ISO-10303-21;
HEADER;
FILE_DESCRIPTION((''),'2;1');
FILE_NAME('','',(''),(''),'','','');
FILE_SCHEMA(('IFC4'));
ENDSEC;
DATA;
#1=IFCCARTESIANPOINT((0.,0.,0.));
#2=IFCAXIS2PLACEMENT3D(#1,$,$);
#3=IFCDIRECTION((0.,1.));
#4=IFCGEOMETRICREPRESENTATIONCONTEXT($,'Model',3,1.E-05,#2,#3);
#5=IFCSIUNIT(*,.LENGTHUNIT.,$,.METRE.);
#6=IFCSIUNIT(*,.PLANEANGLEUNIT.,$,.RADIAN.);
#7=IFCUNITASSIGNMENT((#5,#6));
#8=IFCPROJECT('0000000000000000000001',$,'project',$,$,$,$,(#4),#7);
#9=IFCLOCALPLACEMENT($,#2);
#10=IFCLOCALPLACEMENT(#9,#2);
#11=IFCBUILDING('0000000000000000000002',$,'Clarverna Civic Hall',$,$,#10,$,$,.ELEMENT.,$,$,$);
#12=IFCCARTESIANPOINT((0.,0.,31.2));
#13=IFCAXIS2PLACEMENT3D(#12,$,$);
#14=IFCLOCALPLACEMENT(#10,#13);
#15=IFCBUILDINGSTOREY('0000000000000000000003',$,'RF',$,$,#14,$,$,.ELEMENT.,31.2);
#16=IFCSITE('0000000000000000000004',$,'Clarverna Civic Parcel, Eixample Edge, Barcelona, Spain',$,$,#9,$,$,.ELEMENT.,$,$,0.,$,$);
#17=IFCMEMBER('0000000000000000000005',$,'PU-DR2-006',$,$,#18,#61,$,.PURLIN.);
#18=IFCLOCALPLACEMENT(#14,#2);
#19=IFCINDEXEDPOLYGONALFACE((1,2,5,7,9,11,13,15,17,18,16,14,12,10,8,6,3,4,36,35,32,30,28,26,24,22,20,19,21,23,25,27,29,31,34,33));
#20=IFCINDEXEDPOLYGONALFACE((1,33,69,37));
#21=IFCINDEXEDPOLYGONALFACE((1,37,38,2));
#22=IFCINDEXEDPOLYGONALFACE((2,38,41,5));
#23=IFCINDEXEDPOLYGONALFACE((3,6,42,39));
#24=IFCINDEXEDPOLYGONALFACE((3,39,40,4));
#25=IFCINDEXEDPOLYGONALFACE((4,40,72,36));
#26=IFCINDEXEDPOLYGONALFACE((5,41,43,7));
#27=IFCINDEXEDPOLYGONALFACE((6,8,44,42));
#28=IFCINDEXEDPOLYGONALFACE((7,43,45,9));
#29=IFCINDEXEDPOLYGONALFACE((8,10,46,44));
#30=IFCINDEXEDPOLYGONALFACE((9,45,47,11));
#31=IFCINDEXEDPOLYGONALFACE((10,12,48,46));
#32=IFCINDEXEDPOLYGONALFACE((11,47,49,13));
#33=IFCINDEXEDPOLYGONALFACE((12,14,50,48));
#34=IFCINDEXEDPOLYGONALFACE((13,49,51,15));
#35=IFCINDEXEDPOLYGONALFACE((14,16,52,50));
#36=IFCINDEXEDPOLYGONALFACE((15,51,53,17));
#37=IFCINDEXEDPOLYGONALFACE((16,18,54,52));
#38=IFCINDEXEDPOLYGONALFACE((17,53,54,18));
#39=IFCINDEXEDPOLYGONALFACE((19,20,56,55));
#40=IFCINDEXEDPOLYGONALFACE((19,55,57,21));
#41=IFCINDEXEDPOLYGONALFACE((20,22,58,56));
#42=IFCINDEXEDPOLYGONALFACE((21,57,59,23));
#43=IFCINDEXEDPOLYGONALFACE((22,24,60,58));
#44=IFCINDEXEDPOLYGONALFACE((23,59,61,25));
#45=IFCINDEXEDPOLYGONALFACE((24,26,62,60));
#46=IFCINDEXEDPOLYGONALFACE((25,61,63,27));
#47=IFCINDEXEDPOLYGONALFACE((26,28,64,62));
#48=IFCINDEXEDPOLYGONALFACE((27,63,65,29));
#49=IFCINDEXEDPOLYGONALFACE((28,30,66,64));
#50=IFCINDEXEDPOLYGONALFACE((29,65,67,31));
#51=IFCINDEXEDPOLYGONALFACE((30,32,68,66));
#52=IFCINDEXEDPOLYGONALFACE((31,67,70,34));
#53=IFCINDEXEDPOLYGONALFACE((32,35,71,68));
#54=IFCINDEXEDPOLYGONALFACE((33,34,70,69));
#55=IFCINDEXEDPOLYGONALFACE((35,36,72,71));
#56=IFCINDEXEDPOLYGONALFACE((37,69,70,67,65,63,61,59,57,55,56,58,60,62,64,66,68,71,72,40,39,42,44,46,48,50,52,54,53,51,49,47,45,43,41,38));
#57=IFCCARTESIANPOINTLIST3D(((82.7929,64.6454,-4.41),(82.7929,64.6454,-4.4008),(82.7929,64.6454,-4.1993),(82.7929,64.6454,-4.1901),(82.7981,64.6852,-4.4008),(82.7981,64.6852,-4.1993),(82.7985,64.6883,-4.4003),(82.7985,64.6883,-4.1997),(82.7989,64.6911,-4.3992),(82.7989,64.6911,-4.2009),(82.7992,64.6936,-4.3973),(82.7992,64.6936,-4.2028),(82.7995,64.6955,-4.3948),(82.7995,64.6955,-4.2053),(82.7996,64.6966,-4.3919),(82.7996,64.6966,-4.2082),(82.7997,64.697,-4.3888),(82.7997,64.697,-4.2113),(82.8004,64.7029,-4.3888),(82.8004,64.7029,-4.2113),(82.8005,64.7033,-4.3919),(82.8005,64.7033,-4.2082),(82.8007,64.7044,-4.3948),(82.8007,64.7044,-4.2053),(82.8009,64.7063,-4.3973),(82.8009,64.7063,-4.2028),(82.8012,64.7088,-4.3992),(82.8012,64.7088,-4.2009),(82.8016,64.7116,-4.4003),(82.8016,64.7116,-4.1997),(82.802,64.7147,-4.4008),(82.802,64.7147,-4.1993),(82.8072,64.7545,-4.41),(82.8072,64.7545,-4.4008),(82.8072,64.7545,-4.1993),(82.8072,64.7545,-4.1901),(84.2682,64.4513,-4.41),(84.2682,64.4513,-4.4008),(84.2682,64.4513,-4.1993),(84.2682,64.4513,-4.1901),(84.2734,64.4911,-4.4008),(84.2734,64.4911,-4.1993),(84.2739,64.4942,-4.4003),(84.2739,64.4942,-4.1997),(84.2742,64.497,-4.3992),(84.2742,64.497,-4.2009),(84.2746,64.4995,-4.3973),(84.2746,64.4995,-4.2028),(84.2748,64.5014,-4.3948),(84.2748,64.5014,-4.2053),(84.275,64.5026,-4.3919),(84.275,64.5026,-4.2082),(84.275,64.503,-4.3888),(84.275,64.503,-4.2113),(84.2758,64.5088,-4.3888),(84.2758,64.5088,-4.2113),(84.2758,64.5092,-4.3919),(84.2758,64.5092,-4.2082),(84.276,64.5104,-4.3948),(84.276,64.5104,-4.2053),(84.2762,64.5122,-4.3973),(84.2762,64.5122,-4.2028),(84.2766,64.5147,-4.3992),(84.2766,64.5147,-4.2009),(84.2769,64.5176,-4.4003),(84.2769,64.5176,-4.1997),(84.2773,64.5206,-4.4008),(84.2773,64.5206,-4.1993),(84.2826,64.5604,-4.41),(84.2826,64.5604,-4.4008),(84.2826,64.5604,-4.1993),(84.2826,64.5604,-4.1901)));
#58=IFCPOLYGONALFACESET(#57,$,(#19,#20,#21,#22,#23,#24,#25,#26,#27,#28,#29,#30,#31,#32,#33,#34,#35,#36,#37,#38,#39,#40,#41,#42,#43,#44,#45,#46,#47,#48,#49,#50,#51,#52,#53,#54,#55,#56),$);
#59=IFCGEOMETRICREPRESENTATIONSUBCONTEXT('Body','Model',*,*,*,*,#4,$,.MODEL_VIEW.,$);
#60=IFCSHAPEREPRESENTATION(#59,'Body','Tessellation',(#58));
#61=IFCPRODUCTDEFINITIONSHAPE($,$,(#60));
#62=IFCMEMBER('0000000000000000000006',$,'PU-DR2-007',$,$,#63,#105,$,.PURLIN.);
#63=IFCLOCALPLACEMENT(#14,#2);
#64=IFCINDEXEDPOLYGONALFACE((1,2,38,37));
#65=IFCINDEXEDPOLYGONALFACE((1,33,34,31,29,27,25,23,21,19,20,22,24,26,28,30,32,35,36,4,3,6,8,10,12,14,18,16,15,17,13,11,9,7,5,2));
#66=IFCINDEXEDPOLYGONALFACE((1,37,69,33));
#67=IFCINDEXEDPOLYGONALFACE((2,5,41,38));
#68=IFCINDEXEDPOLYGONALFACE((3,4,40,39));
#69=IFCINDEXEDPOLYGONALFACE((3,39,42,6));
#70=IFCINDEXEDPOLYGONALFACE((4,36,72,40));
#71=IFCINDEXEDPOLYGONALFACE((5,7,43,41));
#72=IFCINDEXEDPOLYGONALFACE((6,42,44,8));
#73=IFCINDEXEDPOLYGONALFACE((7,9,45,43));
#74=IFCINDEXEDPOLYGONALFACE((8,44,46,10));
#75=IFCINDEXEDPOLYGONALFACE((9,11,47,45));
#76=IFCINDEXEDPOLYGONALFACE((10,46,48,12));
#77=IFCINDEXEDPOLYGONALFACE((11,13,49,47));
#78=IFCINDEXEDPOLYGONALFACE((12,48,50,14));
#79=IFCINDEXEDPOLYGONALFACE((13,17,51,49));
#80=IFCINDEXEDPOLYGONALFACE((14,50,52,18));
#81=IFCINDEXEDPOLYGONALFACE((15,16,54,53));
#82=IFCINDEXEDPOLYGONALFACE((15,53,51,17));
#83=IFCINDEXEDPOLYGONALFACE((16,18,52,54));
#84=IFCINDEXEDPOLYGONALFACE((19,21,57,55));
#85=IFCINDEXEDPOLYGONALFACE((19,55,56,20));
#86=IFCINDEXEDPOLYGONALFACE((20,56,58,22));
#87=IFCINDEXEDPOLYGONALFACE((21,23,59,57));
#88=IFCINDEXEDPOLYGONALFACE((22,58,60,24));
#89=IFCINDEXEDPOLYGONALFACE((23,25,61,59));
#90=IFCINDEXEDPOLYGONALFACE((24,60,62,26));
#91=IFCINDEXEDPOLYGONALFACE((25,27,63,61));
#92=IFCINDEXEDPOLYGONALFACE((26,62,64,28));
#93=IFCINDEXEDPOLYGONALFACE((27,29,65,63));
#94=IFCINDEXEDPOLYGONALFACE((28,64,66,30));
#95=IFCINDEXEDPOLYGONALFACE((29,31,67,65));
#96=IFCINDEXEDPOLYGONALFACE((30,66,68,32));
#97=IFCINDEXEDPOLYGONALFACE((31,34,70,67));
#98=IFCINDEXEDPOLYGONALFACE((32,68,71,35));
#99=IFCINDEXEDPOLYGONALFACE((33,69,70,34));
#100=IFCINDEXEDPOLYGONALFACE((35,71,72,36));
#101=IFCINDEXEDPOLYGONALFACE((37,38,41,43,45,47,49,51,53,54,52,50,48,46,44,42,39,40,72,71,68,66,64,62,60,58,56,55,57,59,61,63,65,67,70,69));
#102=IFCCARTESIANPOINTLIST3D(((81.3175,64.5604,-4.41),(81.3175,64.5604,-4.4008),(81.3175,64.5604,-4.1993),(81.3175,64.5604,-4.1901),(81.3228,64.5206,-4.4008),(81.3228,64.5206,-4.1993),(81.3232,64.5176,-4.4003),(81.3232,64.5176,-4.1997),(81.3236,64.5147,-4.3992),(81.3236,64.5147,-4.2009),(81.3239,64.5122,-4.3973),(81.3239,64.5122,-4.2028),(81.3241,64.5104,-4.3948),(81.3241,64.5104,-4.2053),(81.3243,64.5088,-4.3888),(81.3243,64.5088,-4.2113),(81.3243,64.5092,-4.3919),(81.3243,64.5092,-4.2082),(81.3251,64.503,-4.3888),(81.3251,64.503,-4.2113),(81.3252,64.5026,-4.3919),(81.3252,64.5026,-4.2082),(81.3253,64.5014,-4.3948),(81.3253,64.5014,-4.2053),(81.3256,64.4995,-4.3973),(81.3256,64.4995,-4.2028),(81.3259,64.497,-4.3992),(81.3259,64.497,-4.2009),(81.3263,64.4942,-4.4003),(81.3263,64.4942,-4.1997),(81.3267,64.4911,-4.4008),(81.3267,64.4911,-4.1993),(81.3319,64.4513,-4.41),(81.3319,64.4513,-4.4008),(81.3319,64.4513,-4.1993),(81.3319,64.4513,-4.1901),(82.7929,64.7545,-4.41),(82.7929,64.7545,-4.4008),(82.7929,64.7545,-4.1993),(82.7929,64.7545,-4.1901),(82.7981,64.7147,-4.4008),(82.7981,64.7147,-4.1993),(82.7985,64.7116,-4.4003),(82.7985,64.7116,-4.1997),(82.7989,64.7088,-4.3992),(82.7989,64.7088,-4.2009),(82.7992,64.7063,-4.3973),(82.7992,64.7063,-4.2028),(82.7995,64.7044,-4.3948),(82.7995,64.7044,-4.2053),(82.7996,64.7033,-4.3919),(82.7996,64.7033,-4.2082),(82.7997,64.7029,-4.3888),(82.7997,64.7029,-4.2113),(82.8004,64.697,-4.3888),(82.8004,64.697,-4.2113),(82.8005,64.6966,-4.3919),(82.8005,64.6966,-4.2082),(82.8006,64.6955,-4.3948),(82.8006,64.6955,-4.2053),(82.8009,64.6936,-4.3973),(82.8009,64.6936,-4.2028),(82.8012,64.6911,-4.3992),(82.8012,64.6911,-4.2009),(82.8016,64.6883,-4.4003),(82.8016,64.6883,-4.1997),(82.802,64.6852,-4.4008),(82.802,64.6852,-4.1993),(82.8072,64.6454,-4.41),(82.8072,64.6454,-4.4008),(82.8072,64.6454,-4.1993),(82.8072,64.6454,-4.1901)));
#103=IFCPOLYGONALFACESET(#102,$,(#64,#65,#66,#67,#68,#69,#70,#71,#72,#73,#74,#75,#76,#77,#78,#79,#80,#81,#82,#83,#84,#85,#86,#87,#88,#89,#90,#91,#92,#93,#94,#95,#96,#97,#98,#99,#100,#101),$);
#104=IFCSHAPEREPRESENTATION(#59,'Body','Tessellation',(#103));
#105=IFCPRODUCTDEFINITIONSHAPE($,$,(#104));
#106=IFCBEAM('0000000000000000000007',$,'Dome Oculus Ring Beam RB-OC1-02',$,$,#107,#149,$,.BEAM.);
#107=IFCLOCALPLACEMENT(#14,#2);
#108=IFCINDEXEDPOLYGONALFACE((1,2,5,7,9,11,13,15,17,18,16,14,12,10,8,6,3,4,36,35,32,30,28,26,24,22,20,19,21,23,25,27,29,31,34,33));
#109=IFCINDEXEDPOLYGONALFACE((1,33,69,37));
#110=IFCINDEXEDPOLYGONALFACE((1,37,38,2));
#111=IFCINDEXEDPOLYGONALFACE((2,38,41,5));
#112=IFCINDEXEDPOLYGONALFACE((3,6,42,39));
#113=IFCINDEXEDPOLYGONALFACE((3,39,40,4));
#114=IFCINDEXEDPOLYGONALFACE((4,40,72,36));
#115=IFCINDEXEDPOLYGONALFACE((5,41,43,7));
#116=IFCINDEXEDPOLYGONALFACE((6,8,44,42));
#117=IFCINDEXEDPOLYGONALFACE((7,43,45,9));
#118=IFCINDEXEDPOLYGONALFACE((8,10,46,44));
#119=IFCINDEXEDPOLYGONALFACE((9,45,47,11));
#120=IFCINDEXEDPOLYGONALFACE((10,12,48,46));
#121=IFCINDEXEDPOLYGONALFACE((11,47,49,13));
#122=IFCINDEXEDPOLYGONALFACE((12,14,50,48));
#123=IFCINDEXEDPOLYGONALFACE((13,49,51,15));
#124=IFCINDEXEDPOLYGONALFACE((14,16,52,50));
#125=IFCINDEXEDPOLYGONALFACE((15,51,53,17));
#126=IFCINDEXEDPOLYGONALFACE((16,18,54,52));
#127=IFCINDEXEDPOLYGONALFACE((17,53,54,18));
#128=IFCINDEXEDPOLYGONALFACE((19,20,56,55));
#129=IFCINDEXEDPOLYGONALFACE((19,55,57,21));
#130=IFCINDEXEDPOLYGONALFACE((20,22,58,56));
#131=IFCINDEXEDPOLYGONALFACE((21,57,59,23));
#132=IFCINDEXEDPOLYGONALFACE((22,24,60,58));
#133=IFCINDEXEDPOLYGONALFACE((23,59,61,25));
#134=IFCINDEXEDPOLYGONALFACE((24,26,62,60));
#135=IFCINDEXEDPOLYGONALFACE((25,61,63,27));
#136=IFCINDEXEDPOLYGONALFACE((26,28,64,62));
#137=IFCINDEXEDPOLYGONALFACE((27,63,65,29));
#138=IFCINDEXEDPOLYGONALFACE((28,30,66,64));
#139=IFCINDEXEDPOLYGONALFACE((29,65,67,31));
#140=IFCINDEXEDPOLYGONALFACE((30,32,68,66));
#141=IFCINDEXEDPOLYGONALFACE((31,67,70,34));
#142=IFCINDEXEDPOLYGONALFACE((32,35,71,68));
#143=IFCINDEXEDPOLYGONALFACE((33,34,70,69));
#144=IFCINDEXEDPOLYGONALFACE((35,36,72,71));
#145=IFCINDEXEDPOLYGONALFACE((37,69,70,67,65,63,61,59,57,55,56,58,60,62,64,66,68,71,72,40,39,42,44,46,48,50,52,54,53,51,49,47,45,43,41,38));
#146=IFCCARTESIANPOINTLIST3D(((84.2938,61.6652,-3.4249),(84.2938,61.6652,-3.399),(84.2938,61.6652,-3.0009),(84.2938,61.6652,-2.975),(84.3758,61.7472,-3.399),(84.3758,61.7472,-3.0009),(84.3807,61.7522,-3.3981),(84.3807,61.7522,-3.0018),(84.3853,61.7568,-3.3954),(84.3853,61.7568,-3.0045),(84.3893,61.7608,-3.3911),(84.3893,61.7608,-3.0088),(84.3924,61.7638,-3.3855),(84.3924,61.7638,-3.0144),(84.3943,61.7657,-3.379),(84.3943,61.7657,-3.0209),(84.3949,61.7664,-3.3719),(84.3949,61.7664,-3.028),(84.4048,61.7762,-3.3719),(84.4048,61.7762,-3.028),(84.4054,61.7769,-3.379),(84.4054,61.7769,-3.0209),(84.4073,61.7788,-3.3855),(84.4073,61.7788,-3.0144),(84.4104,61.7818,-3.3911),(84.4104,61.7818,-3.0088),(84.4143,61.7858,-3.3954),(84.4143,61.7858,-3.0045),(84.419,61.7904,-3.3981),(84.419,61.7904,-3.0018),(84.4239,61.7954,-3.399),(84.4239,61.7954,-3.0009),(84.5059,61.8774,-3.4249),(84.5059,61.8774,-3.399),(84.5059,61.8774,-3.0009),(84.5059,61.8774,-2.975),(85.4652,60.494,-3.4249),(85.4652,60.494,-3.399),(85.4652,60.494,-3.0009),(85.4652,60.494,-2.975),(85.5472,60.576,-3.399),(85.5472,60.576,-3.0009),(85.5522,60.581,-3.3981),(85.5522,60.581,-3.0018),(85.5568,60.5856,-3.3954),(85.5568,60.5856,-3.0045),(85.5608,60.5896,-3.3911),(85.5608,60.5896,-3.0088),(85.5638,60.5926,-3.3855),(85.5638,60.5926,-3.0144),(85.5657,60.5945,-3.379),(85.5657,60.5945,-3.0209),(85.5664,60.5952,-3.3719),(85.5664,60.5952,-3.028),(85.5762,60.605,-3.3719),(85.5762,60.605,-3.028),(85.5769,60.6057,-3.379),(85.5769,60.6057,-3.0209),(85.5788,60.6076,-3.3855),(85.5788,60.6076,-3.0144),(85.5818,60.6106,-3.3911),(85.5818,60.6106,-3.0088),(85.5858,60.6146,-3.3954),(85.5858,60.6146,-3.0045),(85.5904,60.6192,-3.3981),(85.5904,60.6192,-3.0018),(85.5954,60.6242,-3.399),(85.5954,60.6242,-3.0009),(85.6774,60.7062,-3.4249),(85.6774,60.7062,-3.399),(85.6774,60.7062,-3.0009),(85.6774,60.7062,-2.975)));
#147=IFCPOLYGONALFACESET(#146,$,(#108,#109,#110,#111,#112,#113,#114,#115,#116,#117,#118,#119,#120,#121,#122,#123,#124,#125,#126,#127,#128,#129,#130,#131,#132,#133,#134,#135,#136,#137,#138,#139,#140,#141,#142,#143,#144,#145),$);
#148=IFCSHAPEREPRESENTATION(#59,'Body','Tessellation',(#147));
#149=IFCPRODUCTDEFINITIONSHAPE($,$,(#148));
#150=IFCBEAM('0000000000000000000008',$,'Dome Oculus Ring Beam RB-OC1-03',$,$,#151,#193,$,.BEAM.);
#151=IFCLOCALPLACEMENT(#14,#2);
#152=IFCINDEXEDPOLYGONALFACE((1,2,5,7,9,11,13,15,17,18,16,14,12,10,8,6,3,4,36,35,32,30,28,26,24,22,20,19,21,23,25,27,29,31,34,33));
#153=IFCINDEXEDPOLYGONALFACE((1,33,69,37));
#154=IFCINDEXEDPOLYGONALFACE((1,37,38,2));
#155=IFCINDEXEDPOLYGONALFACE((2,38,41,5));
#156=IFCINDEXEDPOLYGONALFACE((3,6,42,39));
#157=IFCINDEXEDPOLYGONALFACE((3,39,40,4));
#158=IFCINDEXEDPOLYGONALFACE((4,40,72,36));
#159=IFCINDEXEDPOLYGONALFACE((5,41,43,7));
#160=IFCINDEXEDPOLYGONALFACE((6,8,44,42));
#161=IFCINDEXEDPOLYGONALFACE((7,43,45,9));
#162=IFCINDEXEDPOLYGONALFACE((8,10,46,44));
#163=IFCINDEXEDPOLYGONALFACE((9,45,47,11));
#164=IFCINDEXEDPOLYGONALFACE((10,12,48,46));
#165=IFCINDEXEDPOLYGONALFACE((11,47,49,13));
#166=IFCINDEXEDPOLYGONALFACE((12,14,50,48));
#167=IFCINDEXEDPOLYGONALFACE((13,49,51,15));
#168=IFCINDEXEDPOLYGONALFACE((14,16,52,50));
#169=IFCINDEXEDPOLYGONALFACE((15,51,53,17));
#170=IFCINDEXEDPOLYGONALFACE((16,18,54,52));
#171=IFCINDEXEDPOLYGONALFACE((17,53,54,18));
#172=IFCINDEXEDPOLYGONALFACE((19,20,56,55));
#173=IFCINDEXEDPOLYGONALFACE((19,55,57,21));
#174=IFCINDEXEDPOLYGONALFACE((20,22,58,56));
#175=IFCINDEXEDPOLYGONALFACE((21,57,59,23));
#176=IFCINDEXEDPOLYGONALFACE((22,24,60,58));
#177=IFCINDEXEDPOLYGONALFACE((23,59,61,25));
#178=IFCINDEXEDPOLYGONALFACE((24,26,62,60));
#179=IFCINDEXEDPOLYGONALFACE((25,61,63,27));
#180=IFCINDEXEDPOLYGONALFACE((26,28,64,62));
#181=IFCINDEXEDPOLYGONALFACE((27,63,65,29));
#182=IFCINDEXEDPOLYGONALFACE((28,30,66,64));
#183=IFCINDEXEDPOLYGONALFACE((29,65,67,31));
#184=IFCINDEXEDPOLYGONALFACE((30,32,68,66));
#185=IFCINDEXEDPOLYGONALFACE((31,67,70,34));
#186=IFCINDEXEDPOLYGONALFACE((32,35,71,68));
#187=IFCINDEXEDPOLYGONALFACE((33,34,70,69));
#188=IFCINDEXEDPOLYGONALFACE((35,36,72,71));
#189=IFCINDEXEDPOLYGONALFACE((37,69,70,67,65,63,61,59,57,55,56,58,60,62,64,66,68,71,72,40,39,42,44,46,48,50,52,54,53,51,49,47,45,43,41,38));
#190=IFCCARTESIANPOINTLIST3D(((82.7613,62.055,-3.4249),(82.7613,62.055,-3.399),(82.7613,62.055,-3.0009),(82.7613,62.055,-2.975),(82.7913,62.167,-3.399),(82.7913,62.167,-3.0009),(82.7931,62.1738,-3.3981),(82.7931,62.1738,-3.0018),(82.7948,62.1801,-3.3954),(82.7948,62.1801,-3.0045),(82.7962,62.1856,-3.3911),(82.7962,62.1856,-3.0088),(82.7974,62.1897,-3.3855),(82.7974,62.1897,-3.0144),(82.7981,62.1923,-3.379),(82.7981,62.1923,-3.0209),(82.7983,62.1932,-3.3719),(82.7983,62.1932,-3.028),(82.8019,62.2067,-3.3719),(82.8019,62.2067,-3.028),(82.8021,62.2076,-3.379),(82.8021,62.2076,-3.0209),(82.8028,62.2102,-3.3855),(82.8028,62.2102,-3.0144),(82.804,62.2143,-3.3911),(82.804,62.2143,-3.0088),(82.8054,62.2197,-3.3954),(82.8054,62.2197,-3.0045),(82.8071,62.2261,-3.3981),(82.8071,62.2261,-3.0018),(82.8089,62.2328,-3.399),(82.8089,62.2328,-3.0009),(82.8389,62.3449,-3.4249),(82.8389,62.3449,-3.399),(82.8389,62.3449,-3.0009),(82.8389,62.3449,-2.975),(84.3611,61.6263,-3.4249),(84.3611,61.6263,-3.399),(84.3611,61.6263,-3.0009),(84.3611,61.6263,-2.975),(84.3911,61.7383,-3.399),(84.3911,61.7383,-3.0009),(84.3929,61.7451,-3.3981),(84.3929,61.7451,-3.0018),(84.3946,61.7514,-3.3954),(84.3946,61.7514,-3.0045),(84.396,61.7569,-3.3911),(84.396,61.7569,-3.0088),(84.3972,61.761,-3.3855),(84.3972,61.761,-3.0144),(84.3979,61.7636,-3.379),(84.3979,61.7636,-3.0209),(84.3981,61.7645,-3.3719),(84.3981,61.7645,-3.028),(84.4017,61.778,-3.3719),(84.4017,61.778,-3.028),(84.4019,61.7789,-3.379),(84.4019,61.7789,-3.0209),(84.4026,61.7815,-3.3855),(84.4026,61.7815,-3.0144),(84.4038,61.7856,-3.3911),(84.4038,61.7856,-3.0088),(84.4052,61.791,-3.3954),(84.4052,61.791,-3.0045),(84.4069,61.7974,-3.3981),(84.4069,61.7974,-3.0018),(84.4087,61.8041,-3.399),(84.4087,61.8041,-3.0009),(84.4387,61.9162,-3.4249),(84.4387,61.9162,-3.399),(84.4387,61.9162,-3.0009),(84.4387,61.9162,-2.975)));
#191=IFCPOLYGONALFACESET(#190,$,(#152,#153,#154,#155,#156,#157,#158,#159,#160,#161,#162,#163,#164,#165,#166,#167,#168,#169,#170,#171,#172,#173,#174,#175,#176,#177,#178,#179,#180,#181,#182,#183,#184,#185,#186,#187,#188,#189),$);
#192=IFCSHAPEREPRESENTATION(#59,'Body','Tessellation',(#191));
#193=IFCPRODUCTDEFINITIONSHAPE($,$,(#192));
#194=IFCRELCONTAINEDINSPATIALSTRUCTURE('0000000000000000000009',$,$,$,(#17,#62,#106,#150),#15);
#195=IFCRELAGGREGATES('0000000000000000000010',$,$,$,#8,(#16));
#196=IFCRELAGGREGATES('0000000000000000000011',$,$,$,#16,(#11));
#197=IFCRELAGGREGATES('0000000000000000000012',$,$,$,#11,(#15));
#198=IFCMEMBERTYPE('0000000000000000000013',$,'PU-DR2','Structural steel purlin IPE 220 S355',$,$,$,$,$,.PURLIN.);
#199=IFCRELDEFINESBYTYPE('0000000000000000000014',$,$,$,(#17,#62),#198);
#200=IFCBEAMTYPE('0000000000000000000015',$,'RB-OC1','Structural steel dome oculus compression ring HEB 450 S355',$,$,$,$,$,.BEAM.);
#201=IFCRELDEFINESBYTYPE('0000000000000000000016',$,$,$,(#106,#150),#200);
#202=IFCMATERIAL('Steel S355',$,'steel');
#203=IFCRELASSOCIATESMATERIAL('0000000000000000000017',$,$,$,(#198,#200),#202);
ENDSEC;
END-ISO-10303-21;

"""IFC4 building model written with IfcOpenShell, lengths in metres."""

from ifc_helpers import new_model, si_unit, direction, frame, origin, origin_2d, place, context, subcontext, project, spatial, i_section, extrude, material, material_profile, profile_set, type_object, element, save


model = new_model("IFC4")

# Units and contexts
model_context = context("Model", 3, precision=1e-05, world=origin(), true_north=direction((0.0, 1.0)))
body_context = subcontext(model_context, "Body", "Model", "MODEL_VIEW")
ifc_project = project(units=[si_unit("LENGTHUNIT", "METRE"), si_unit("PLANEANGLEUNIT", "RADIAN")], contexts=[model_context])

# Site, building, storey
site_placement = place(None, origin())
site = spatial("IfcSite", under=ifc_project, at=site_placement, Name="Clarverna Civic Parcel, Eixample Edge, Barcelona, Spain", CompositionType="ELEMENT", RefElevation=0.0)
building_placement = place(site_placement, origin())
building = spatial("IfcBuilding", under=site, at=building_placement, Name="Clarverna Civic Hall", CompositionType="ELEMENT")
storey_placement = place(building_placement, frame((0.0, 0.0, 31.2)))
storey = spatial("IfcBuildingStorey", under=building, at=storey_placement, Name="RF", CompositionType="ELEMENT", Elevation=31.2)

# Members
ifc_material_1 = material(Name="Steel S355", Category="steel")
ifc_material_profile_1 = material_profile(ifc_material_1, i_section(OverallWidth=0.1101, OverallDepth=0.22, WebThickness=0.0059, FlangeThickness=0.0093, FilletRadius=0.012, at=origin_2d()), Name="IPE 220")
ifc_profile_set_1 = profile_set([ifc_material_profile_1], Name="Steel S355")
member_type_1 = type_object("IfcMemberType", Name="PU-DR2", Description="Structural steel purlin IPE 220 S355", PredefinedType="PURLIN", material=ifc_profile_set_1)
for number, where, z_axis, x_axis, name in (
    (1, (84.2754, 64.5059, -4.3), (-0.991457, 0.130433, 0.0), (-0.130433, -0.991457, 0.0), "PU-DR2-006"),
    (2, (82.8, 64.7, -4.3), (-0.991457, -0.130433, 0.0), (0.130433, -0.991457, 0.0), "PU-DR2-007"),
):
    element("IfcMember", number, at=place(storey_placement, frame(where, z_axis=z_axis, x_axis=x_axis)), inside=storey, type_object=member_type_1, Name=name, PredefinedType="PURLIN", context=body_context, shape_type="SweptSolid", body=[
        extrude(i_section(OverallWidth=0.1101, OverallDepth=0.22, WebThickness=0.0059, FlangeThickness=0.0093, FilletRadius=0.012, at=origin_2d()), origin(), (0.0, 0.0, 1.0), 1.488),
    ])

# Beams
ifc_material_profile_2 = material_profile(ifc_material_1, i_section(OverallWidth=0.3, OverallDepth=0.45, WebThickness=0.0139, FlangeThickness=0.0259, FilletRadius=0.0271, at=origin_2d()), Name="HEB 450")
ifc_profile_set_2 = profile_set([ifc_material_profile_2], Name="Steel S355")
beam_type_1 = type_object("IfcBeamType", Name="RB-OC1", Description="Structural steel dome oculus compression ring HEB 450 S355", PredefinedType="BEAM", material=ifc_profile_set_2)
beam_1_placement = place(storey_placement, frame((85.5713, 60.6001, -3.2), z_axis=(-0.70718, 0.707033, 0.0), x_axis=(-0.707033, -0.70718, 0.0)))
element("IfcBeam", 3, at=beam_1_placement, inside=storey, type_object=beam_type_1, Name="Dome Oculus Ring Beam RB-OC1-02", PredefinedType="BEAM", context=body_context, shape_type="SweptSolid", body=[
    extrude(i_section(OverallWidth=0.3, OverallDepth=0.45, WebThickness=0.0139, FlangeThickness=0.0259, FilletRadius=0.0271, at=origin_2d()), origin(), (0.0, 0.0, 1.0), 1.6565),
])
beam_2_placement = place(storey_placement, frame((84.3999, 61.7712, -3.2), z_axis=(-0.965921, 0.258837, 0.0), x_axis=(-0.258837, -0.965921, 0.0)))
element("IfcBeam", 4, at=beam_2_placement, inside=storey, type_object=beam_type_1, Name="Dome Oculus Ring Beam RB-OC1-03", PredefinedType="BEAM", context=body_context, shape_type="SweptSolid", body=[
    extrude(i_section(OverallWidth=0.3, OverallDepth=0.45, WebThickness=0.0139, FlangeThickness=0.0259, FilletRadius=0.0271, at=origin_2d()), origin(), (0.0, 0.0, 1.0), 1.6562),
])

save(model, "model.ifc")
